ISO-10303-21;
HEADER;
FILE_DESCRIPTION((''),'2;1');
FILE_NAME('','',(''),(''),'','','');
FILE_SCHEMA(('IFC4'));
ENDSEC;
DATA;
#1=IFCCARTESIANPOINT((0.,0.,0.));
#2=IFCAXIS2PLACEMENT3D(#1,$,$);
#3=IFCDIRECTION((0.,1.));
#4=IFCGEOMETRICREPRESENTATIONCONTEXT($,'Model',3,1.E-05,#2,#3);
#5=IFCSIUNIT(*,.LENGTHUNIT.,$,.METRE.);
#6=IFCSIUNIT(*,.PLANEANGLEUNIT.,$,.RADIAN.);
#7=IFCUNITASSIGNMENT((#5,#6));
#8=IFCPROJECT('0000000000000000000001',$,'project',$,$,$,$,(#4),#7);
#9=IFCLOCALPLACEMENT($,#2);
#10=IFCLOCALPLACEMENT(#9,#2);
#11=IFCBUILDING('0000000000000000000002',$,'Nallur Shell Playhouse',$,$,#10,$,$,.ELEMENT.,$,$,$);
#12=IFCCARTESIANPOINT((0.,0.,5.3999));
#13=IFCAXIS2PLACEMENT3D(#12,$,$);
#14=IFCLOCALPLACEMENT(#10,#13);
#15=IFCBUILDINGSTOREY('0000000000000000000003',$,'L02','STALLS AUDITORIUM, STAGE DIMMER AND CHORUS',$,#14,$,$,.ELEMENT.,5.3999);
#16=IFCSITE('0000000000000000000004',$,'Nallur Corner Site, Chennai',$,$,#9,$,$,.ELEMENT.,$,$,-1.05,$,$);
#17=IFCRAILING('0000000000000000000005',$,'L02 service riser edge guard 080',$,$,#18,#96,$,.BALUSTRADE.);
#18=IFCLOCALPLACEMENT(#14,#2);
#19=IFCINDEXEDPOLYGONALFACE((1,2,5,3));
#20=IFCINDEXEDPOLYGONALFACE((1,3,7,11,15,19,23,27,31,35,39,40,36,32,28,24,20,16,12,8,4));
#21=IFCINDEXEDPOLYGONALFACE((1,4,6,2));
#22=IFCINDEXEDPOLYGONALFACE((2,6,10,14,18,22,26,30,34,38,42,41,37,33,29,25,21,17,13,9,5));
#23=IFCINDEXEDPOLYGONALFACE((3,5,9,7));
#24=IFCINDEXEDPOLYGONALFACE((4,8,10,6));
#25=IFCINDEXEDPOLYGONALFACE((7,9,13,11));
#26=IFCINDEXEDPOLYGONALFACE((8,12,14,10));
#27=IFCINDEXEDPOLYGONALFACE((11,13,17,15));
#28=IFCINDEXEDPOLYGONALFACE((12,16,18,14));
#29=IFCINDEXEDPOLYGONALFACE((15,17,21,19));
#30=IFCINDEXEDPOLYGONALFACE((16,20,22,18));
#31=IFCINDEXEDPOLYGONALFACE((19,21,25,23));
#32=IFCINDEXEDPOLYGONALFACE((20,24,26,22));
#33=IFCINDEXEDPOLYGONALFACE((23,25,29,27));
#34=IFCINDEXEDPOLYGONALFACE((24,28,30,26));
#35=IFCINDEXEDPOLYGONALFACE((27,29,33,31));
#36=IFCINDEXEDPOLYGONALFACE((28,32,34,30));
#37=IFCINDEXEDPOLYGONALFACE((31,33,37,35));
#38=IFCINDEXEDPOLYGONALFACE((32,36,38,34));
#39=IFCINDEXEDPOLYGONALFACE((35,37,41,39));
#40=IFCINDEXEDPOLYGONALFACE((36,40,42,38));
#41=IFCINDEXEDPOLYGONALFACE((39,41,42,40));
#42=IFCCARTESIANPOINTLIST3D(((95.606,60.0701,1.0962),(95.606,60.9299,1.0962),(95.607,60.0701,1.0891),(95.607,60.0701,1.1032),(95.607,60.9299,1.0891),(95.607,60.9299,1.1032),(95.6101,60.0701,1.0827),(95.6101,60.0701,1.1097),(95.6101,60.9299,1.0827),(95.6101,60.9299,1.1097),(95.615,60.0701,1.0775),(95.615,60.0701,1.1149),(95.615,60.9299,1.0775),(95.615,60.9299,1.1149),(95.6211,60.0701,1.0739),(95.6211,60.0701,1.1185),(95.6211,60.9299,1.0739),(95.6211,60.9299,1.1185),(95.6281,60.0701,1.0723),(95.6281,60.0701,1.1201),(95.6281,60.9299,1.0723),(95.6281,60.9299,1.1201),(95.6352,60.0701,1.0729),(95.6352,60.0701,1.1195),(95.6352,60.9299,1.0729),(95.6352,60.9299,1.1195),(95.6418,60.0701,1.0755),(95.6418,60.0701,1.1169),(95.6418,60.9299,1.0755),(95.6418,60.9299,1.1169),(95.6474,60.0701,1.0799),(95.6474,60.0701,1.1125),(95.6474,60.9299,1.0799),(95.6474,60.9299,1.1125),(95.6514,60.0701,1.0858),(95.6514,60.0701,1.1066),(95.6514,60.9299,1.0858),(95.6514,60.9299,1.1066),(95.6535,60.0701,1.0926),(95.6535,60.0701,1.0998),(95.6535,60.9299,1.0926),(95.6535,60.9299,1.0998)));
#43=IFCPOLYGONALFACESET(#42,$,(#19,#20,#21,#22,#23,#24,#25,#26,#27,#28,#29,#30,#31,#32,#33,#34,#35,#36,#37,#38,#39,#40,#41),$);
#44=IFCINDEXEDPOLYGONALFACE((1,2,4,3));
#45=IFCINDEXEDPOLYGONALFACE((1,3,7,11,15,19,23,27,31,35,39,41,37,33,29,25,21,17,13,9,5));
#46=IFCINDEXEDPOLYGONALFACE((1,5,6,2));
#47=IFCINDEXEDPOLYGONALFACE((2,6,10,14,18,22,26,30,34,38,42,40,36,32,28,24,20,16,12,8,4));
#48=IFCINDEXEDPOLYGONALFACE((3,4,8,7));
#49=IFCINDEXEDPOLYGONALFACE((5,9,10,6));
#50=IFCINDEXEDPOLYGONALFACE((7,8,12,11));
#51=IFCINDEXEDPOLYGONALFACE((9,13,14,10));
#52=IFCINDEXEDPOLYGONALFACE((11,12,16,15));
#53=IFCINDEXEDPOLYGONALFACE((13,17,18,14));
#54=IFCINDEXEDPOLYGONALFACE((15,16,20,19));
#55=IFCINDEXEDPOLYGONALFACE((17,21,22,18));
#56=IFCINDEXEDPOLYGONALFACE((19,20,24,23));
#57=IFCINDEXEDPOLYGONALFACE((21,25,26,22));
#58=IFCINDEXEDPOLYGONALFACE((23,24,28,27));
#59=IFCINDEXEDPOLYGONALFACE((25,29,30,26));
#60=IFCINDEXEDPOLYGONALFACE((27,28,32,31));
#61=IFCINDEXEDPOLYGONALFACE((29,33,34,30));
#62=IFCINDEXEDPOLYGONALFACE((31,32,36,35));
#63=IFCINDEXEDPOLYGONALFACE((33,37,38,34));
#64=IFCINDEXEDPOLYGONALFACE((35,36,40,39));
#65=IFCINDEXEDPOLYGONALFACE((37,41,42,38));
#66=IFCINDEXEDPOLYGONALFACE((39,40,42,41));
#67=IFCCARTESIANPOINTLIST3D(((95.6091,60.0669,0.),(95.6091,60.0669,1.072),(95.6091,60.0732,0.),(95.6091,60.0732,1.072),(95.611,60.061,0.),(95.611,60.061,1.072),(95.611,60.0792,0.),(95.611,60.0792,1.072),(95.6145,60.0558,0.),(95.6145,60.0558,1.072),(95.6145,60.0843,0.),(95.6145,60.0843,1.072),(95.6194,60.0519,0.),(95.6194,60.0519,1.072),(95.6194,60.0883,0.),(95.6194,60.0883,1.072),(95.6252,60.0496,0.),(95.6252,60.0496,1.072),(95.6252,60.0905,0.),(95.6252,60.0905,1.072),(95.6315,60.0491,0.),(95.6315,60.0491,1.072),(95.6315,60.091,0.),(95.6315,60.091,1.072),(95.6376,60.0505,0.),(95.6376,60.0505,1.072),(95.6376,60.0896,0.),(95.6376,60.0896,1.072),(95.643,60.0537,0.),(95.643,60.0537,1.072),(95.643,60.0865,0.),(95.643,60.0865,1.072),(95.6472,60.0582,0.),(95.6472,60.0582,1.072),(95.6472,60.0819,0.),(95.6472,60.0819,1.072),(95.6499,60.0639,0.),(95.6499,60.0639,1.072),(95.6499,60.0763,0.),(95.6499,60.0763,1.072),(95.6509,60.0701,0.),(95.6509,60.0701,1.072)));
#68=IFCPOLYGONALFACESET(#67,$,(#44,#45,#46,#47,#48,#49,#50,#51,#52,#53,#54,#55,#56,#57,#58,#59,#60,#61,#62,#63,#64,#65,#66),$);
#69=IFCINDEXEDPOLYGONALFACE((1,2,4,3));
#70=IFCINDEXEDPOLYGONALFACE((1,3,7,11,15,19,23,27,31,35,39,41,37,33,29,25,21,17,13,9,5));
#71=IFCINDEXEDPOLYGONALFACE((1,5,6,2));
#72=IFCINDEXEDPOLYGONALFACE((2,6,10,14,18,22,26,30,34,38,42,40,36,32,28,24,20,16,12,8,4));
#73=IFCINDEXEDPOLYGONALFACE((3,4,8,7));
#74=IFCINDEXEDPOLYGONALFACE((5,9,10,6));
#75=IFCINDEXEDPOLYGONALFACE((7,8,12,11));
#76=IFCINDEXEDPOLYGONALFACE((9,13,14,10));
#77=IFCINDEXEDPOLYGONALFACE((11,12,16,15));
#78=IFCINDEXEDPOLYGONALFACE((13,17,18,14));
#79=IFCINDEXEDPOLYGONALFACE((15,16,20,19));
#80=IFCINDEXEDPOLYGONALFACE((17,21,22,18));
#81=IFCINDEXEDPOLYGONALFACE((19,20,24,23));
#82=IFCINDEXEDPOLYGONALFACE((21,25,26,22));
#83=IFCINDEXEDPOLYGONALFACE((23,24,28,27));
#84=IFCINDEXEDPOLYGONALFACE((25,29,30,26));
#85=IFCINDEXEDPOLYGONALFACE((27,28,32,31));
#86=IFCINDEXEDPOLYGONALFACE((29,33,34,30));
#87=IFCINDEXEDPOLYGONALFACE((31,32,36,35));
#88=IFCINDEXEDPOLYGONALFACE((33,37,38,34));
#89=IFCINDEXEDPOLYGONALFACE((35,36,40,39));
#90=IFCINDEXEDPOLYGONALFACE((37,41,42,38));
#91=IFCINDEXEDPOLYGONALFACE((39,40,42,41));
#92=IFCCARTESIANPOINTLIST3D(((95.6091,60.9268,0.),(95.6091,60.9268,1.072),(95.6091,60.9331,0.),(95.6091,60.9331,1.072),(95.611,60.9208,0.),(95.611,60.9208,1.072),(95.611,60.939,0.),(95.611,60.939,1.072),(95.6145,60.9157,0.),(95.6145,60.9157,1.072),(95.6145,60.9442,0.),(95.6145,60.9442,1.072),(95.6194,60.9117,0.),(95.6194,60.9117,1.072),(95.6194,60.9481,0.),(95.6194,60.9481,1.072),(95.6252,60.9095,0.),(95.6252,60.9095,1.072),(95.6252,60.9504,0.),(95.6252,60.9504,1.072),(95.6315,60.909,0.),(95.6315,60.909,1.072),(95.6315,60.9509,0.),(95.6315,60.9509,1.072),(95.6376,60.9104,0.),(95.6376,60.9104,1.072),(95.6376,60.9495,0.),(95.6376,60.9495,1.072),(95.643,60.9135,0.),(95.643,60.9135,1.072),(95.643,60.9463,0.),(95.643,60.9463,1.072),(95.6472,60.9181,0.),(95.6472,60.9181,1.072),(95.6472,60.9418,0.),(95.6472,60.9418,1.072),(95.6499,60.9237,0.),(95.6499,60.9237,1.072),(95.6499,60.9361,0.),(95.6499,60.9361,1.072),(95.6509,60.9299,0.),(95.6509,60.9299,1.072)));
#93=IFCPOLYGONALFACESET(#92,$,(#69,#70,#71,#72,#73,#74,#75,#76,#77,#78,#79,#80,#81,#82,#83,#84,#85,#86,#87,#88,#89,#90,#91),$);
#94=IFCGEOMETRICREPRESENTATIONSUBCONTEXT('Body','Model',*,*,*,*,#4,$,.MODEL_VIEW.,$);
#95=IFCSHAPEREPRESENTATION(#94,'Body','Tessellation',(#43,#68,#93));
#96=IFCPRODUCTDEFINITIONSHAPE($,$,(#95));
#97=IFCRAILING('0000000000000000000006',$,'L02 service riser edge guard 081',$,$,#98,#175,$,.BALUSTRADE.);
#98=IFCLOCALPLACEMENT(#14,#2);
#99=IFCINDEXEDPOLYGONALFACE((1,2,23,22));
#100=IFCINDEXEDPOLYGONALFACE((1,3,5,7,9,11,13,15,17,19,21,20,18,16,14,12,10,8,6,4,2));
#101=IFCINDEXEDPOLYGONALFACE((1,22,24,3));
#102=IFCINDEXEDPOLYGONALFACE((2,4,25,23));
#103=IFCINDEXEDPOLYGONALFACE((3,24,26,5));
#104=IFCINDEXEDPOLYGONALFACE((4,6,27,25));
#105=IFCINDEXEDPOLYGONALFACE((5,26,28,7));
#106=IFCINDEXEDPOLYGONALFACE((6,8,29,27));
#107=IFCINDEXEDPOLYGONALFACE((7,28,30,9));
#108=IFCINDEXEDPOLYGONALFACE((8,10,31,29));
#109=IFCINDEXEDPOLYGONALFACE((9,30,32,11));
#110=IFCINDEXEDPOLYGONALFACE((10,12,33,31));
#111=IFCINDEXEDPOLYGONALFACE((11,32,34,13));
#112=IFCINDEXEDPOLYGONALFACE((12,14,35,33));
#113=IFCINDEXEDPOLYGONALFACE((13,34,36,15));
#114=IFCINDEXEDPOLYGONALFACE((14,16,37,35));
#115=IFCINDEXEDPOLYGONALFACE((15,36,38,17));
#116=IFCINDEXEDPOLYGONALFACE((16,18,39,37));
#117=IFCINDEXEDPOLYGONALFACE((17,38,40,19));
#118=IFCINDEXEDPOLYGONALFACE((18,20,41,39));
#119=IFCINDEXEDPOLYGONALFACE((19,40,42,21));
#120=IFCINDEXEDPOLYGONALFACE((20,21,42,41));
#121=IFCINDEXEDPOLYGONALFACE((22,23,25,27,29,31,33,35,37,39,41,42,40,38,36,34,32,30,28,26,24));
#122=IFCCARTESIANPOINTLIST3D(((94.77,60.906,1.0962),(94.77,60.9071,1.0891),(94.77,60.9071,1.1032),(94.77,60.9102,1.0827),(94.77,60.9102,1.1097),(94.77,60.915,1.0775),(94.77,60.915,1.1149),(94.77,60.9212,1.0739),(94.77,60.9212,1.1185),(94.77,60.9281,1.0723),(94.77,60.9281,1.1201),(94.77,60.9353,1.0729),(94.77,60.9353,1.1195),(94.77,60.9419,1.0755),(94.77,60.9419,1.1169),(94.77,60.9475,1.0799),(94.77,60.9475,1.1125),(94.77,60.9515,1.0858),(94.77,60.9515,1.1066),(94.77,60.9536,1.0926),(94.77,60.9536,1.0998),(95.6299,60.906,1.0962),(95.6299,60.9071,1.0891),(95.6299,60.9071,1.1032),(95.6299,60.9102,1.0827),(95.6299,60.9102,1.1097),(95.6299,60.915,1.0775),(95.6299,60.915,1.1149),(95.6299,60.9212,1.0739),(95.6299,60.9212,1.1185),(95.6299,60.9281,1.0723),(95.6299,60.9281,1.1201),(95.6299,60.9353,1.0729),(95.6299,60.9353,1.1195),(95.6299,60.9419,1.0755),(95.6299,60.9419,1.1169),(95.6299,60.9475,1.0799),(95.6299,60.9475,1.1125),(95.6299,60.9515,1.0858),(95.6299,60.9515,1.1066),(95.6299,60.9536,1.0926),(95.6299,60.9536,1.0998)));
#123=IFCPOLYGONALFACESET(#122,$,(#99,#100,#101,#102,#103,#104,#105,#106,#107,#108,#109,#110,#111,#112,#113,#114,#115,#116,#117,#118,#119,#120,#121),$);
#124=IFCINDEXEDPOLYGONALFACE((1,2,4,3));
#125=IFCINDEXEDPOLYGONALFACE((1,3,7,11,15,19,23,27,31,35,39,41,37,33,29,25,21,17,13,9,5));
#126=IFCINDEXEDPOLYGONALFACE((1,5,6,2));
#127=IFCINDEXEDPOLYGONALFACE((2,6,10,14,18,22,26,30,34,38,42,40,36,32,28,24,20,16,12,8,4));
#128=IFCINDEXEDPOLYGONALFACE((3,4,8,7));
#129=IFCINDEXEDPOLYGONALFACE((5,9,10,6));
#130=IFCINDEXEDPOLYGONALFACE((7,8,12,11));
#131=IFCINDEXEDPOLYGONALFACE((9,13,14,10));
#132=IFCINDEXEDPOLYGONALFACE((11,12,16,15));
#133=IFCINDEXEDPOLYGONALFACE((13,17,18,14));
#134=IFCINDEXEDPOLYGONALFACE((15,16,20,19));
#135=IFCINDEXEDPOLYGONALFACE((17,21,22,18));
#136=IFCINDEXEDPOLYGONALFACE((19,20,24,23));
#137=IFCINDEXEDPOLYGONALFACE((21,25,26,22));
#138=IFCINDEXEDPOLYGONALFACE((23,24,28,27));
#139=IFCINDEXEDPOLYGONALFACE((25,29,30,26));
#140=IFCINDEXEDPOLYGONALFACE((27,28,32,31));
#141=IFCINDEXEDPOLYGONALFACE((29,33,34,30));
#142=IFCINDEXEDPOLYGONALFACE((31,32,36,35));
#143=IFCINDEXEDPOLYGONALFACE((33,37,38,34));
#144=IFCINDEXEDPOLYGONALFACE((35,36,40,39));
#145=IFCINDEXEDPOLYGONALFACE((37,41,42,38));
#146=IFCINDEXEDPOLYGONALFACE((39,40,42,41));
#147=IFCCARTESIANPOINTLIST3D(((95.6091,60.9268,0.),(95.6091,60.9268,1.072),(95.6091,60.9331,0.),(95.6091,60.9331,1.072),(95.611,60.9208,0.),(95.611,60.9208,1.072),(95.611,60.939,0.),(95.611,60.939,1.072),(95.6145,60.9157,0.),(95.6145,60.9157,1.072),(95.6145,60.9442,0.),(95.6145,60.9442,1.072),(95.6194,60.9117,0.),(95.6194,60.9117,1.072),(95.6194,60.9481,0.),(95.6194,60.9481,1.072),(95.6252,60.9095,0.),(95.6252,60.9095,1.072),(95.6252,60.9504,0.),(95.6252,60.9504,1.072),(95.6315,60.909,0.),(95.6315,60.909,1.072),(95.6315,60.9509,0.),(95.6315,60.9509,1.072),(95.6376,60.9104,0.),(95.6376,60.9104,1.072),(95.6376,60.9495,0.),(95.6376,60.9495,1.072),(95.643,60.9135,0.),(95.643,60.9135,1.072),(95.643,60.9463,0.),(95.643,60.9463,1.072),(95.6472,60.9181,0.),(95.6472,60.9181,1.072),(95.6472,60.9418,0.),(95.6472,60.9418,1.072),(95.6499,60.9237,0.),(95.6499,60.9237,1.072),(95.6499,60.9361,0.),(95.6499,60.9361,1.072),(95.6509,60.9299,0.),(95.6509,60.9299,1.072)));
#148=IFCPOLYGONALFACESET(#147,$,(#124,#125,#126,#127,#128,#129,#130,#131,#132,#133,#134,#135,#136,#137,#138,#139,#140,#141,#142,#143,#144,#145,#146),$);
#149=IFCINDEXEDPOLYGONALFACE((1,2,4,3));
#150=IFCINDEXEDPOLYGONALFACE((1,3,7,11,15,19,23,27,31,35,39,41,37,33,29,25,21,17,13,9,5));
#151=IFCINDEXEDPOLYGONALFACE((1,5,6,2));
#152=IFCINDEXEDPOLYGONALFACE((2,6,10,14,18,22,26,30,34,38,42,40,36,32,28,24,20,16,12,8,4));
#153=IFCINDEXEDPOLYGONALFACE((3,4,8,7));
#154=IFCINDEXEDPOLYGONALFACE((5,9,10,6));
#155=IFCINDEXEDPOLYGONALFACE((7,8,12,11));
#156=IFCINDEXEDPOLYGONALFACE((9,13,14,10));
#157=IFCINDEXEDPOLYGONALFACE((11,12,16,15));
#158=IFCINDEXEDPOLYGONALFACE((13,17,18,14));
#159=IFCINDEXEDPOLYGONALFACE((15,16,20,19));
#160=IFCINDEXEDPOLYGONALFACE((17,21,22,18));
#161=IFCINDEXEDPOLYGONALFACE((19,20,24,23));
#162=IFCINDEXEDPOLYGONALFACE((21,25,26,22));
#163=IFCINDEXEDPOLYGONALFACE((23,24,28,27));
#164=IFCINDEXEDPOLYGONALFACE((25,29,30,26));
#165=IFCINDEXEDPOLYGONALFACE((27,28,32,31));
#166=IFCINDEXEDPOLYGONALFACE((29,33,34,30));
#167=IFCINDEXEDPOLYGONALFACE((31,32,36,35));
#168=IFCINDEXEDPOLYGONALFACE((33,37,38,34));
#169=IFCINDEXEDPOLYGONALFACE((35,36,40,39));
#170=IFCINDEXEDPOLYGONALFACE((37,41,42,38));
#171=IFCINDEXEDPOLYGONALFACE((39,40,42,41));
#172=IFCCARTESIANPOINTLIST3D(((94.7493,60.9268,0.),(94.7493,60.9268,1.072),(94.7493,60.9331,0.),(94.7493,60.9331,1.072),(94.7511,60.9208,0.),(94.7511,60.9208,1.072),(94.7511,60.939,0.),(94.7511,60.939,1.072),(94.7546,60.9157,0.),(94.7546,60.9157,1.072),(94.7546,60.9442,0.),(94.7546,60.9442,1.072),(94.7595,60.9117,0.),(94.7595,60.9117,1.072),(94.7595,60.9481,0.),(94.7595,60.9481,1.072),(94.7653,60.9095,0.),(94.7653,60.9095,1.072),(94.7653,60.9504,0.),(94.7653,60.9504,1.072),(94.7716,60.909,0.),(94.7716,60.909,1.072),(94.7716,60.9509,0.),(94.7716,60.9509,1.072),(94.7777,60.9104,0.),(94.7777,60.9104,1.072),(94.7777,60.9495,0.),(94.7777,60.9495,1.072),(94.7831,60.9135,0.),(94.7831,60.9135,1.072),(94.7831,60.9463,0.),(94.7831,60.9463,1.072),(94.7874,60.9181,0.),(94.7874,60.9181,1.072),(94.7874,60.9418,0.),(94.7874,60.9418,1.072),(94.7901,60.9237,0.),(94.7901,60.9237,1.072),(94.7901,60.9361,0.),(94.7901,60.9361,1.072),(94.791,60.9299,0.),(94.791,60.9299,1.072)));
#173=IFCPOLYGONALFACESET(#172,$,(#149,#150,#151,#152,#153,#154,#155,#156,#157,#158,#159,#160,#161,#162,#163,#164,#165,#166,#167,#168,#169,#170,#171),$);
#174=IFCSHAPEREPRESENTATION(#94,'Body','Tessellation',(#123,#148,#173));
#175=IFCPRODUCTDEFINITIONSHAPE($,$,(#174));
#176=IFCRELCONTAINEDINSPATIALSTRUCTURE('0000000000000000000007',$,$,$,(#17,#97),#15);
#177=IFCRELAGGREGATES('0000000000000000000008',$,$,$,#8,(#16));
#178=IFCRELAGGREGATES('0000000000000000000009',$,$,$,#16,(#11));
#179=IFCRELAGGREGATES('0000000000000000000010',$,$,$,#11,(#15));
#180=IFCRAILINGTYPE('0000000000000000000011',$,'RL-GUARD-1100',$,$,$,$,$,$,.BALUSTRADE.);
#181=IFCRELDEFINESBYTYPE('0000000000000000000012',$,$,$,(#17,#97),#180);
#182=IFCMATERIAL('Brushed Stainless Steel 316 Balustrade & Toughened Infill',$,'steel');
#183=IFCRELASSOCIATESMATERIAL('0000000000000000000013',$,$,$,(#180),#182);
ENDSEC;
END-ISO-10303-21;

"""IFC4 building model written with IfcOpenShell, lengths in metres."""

from ifc_helpers import new_model, si_unit, direction, frame, origin, origin_2d, place, context, subcontext, project, spatial, circle, extrude, material, type_object, element, save


model = new_model("IFC4")

# Units and contexts
model_context = context("Model", 3, precision=1e-05, world=origin(), true_north=direction((0.0, 1.0)))
body_context = subcontext(model_context, "Body", "Model", "MODEL_VIEW")
ifc_project = project(units=[si_unit("LENGTHUNIT", "METRE"), si_unit("PLANEANGLEUNIT", "RADIAN")], contexts=[model_context])

# Site, building, storey
site_placement = place(None, origin())
site = spatial("IfcSite", under=ifc_project, at=site_placement, Name="Nallur Corner Site, Chennai", CompositionType="ELEMENT", RefElevation=-1.05)
building_placement = place(site_placement, origin())
building = spatial("IfcBuilding", under=site, at=building_placement, Name="Nallur Shell Playhouse", CompositionType="ELEMENT")
storey_placement = place(building_placement, frame((0.0, 0.0, 5.3999)))
storey = spatial("IfcBuildingStorey", under=building, at=storey_placement, Name="L02", Description="STALLS AUDITORIUM, STAGE DIMMER AND CHORUS", CompositionType="ELEMENT", Elevation=5.3999)

# Railings
ifc_material_1 = material(Name="Brushed Stainless Steel 316 Balustrade & Toughened Infill", Category="steel")
railing_type = type_object("IfcRailingType", Name="RL-GUARD-1100", PredefinedType="BALUSTRADE", material=ifc_material_1)
railing_1_placement = place(storey_placement, frame((95.6299, 60.0701, 0.0)))
element("IfcRailing", 1, at=railing_1_placement, inside=storey, type_object=railing_type, Name="L02 service riser edge guard 080", PredefinedType="BALUSTRADE", context=body_context, shape_type="SweptSolid", body=[
    extrude(circle(Radius=0.0239, at=origin_2d()), frame((0.0, 0.0, 1.0962), z_axis=(0.0, 1.0, 0.0), x_axis=(-1.0, 0.0, 0.0)), (0.0, 0.0, 1.0), 0.8599),
    extrude(circle(Radius=0.021, at=origin_2d()), origin(), (0.0, 0.0, 1.0), 1.072),
    extrude(circle(Radius=0.021, at=origin_2d()), frame((0.0, 0.8599, 0.0)), (0.0, 0.0, 1.0), 1.072),
])
railing_2_placement = place(storey_placement, frame((95.6299, 60.9299, 0.0)))
element("IfcRailing", 2, at=railing_2_placement, inside=storey, type_object=railing_type, Name="L02 service riser edge guard 081", PredefinedType="BALUSTRADE", context=body_context, shape_type="SweptSolid", body=[
    extrude(circle(Radius=0.0239, at=origin_2d()), frame((0.0, 0.0, 1.0962), z_axis=(-1.0, 0.0, 0.0), x_axis=(0.0, -1.0, 0.0)), (0.0, 0.0, 1.0), 0.8599),
    extrude(circle(Radius=0.021, at=origin_2d()), origin(), (0.0, 0.0, 1.0), 1.072),
    extrude(circle(Radius=0.021, at=origin_2d()), frame((-0.8599, 0.0, 0.0)), (0.0, 0.0, 1.0), 1.072),
])

save(model, "model.ifc")
